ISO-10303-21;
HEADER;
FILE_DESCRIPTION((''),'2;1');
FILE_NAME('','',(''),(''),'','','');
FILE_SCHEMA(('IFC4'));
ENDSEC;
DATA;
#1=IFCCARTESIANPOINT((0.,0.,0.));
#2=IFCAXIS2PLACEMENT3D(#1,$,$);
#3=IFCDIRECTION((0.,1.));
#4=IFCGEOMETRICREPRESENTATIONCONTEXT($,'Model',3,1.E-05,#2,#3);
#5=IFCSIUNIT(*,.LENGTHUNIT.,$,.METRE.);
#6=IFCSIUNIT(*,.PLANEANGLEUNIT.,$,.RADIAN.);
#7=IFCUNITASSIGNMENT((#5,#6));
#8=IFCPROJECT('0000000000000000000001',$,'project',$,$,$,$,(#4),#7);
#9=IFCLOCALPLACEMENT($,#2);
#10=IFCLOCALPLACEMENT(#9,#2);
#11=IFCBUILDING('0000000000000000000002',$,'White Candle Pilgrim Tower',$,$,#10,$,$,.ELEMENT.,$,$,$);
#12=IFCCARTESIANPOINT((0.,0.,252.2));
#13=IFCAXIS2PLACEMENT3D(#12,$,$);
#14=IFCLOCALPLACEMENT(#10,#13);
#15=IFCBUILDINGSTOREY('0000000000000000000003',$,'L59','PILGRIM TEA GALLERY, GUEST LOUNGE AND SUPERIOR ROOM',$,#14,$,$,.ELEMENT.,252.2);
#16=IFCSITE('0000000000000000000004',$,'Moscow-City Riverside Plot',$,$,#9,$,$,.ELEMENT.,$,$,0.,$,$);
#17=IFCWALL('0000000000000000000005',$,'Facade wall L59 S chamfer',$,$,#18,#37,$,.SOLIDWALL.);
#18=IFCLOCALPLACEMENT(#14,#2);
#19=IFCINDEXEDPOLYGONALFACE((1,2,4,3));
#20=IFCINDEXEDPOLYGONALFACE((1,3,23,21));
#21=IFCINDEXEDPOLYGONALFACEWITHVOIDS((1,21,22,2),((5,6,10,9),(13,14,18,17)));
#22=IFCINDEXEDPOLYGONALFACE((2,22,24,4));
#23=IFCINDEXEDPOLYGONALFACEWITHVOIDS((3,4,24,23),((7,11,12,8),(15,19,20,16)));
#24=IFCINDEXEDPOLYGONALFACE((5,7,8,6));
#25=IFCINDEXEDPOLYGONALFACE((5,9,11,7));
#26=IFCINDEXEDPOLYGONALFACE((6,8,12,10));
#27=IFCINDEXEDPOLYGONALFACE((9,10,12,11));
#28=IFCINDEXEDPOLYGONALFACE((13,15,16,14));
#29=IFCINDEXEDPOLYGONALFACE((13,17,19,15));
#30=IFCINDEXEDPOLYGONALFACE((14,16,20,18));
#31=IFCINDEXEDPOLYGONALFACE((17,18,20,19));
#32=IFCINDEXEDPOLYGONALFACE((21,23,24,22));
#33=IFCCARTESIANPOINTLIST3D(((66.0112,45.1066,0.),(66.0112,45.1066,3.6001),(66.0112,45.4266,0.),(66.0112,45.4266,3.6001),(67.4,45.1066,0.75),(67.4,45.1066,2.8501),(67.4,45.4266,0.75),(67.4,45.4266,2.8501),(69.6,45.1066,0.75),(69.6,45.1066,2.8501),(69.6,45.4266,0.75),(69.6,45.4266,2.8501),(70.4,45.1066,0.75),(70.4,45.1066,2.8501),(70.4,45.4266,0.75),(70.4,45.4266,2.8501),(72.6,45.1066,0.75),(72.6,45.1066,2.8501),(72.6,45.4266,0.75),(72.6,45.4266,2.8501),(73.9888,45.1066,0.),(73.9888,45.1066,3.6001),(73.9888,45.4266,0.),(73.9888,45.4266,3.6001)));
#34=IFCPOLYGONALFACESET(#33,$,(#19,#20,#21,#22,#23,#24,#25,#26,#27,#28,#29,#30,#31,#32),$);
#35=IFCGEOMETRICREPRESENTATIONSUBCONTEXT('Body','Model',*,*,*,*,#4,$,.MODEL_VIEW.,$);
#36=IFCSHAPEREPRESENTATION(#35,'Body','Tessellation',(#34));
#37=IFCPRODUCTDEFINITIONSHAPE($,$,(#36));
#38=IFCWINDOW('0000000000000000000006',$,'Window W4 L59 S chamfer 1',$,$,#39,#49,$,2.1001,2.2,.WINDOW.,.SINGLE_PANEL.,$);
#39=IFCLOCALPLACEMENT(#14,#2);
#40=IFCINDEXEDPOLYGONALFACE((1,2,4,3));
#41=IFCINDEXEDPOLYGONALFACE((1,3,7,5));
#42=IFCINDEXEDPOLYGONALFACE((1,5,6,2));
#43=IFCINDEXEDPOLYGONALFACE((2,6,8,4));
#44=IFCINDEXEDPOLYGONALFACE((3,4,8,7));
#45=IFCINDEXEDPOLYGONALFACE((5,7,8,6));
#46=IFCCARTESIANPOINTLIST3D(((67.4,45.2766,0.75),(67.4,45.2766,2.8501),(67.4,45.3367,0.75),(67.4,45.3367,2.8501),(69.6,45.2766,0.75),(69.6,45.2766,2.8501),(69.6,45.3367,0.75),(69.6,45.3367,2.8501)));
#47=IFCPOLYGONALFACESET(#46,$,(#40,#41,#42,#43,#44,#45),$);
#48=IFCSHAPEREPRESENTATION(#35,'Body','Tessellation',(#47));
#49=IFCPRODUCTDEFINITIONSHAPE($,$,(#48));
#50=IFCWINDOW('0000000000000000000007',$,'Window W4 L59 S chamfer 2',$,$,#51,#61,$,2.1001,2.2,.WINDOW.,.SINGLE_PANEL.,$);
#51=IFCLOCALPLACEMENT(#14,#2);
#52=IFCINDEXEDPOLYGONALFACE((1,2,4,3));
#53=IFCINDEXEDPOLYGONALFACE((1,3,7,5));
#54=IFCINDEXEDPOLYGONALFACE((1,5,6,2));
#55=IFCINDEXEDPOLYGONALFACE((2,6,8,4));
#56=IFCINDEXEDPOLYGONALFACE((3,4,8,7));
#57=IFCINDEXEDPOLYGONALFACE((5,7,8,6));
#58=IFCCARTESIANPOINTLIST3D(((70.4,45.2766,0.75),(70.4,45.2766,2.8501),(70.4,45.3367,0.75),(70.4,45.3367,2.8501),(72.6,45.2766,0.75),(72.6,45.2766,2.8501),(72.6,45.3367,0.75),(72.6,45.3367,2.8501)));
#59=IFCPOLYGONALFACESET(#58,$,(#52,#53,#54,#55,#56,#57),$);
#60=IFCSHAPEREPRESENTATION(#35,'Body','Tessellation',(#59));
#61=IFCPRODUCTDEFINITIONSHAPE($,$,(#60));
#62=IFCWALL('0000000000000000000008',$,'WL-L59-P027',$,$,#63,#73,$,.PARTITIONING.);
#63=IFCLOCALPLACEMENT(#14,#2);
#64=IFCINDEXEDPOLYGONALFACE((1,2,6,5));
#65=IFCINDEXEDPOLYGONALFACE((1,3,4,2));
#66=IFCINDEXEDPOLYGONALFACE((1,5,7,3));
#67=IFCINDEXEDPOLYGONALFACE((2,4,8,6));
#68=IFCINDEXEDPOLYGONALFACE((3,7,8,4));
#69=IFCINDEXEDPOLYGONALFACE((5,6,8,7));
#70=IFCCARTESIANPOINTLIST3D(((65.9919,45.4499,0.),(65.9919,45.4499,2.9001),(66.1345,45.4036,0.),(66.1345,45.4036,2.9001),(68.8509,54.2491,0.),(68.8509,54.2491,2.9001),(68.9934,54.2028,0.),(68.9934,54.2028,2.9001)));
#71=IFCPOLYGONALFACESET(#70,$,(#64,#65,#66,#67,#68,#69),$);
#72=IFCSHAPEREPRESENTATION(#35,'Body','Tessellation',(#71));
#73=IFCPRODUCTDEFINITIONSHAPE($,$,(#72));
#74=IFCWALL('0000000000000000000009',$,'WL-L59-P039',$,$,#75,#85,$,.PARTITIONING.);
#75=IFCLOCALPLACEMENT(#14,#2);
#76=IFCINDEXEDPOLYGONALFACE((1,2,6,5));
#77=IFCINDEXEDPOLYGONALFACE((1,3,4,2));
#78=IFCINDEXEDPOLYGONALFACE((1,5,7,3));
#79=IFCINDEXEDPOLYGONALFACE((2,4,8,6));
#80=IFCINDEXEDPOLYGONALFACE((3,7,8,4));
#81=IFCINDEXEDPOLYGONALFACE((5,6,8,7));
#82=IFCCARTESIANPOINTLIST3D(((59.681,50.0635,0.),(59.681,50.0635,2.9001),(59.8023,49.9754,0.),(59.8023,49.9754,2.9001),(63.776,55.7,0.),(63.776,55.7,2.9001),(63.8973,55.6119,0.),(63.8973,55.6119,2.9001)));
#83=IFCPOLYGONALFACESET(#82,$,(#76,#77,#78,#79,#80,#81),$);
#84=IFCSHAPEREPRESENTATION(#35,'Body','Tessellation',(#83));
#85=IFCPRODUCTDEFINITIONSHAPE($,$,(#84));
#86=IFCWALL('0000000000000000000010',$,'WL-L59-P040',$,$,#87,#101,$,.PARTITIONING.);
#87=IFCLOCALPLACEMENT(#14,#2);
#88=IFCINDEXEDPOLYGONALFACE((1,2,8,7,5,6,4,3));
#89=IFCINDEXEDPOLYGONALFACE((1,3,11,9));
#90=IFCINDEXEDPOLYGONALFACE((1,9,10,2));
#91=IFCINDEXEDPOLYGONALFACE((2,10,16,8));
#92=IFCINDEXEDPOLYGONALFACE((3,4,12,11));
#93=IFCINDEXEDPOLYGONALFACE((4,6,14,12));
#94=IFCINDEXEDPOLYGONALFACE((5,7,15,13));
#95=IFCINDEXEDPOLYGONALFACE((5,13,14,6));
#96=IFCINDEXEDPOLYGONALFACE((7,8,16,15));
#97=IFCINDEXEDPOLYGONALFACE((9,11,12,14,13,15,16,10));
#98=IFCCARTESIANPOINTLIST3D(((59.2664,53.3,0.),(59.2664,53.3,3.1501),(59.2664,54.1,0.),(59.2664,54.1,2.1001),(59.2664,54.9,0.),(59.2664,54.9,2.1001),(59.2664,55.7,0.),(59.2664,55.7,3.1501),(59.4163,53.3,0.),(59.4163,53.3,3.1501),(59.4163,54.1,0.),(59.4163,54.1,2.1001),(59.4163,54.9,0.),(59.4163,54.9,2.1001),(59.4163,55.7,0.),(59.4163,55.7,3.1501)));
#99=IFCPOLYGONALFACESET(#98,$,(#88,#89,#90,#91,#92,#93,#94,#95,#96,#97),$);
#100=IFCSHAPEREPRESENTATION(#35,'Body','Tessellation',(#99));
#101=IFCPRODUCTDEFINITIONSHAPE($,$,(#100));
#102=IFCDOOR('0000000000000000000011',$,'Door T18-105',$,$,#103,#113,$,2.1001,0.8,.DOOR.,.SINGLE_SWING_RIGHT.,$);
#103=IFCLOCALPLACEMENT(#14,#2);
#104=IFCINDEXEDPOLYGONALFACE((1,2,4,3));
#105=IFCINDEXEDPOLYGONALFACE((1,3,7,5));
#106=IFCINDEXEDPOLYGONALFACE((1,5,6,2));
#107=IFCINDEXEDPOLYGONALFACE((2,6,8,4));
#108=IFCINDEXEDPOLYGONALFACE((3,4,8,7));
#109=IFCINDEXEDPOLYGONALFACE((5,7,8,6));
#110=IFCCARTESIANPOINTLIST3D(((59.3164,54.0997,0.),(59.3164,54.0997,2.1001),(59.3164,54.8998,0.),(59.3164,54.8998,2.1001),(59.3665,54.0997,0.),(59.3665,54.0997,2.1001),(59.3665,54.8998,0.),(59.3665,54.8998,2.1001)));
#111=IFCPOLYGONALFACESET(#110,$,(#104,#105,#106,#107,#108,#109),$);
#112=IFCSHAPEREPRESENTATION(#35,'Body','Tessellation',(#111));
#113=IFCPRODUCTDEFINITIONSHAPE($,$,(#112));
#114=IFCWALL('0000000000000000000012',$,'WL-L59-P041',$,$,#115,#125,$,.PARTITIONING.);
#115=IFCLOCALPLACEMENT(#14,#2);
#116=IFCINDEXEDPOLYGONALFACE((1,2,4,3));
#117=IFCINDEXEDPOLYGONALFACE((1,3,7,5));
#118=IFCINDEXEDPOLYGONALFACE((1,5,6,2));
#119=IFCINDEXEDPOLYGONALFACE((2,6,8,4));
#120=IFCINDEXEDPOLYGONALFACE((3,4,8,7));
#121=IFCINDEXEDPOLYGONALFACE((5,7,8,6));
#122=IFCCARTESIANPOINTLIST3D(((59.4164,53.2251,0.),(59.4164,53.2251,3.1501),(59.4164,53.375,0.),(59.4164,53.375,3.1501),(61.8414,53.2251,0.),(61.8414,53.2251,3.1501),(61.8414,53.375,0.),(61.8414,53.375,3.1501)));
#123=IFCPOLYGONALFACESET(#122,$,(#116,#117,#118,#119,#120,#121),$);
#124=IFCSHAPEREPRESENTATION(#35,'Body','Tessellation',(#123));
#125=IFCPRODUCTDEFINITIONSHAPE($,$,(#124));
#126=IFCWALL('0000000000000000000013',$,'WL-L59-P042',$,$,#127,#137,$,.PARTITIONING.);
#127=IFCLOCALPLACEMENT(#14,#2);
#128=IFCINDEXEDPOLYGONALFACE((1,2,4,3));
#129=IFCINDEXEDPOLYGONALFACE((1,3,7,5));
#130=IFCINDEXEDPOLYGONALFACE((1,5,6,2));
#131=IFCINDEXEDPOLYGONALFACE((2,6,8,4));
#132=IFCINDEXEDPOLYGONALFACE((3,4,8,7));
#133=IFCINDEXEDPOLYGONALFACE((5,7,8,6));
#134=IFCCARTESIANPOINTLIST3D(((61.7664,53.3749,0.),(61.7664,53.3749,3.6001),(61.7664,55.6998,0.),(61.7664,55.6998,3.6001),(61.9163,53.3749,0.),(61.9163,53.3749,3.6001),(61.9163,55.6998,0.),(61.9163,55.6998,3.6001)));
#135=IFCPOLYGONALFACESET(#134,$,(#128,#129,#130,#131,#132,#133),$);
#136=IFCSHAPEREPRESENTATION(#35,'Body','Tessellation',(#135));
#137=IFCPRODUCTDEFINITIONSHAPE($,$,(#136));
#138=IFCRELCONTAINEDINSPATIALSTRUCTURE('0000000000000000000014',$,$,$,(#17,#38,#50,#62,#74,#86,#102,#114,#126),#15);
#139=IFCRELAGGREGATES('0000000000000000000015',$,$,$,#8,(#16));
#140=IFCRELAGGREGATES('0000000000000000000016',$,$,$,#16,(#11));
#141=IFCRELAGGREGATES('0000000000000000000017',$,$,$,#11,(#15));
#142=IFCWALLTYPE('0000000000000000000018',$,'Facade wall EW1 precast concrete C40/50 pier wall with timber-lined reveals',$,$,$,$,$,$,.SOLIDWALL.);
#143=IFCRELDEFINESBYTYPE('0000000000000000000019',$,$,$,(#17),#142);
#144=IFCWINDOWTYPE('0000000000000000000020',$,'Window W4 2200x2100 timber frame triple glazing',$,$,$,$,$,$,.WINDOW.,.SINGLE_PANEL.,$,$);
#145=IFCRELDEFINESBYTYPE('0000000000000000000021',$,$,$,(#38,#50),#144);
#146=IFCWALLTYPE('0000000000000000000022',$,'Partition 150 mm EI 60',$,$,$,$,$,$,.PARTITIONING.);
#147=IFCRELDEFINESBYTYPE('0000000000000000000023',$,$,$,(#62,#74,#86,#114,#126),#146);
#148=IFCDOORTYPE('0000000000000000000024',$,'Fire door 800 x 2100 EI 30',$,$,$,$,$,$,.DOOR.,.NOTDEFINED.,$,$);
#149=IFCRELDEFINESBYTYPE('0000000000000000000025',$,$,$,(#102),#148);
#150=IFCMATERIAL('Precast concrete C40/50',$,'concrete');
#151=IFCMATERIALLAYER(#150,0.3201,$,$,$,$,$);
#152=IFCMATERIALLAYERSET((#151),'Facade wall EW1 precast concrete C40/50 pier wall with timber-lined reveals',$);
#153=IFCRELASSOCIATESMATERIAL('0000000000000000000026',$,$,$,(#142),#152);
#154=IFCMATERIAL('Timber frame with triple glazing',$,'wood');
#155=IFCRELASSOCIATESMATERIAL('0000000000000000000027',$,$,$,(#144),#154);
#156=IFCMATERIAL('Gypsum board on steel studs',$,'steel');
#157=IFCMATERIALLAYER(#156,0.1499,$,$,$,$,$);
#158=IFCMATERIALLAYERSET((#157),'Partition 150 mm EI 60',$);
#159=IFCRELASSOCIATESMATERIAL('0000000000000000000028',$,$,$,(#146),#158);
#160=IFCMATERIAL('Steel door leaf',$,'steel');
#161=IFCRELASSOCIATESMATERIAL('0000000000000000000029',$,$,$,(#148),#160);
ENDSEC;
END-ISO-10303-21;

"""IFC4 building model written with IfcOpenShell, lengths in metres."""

from ifc_helpers import new_model, si_unit, direction, frame, frame_2d, origin, place, context, subcontext, project, spatial, rectangle, extrude, material, layer, layer_set, type_object, element, fill, save


model = new_model("IFC4")

# Units and contexts
model_context = context("Model", 3, precision=1e-05, world=origin(), true_north=direction((0.0, 1.0)))
body_context = subcontext(model_context, "Body", "Model", "MODEL_VIEW")
ifc_project = project(units=[si_unit("LENGTHUNIT", "METRE"), si_unit("PLANEANGLEUNIT", "RADIAN")], contexts=[model_context])

# Site, building, storey
site_placement = place(None, origin())
site = spatial("IfcSite", under=ifc_project, at=site_placement, Name="Moscow-City Riverside Plot", CompositionType="ELEMENT", RefElevation=0.0)
building_placement = place(site_placement, origin())
building = spatial("IfcBuilding", under=site, at=building_placement, Name="White Candle Pilgrim Tower", CompositionType="ELEMENT")
storey_placement = place(building_placement, frame((0.0, 0.0, 252.2)))
storey = spatial("IfcBuildingStorey", under=building, at=storey_placement, Name="L59", Description="PILGRIM TEA GALLERY, GUEST LOUNGE AND SUPERIOR ROOM", CompositionType="ELEMENT", Elevation=252.2)

# Shared definitions
ifc_material_1 = material(Name="Gypsum board on steel studs", Category="steel")
ifc_material_2 = material(Name="Steel door leaf", Category="steel")

# Wall, openings, windows
ifc_material_3 = material(Name="Precast concrete C40/50", Category="concrete")
ifc_layer_1 = layer(ifc_material_3, 0.3201)
ifc_layer_set_1 = layer_set([ifc_layer_1], Name="Facade wall EW1 precast concrete C40/50 pier wall with timber-lined reveals")
wall_type_1 = type_object("IfcWallType", Name="Facade wall EW1 precast concrete C40/50 pier wall with timber-lined reveals", PredefinedType="SOLIDWALL", material=ifc_layer_set_1)
wall_1_placement = place(storey_placement, frame((66.0112, 45.2666, 0.0), z_axis=(0.0, 0.0, 1.0), x_axis=(1.0, 0.0, 0.0)))
wall_1 = element("IfcWall", 1, at=wall_1_placement, inside=storey, type_object=wall_type_1, Name="Facade wall L59 S chamfer", PredefinedType="SOLIDWALL", context=body_context, shape_type="SweptSolid", body=[
    extrude(rectangle(XDim=7.9775, YDim=0.3201, at=frame_2d((3.9888, 0.0))), origin(), (0.0, 0.0, 1.0), 3.6001),
])
opening_1_placement = place(wall_1_placement, frame((1.3887, 0.0, 0.75)))
opening_1 = element("IfcOpeningElement", 2, at=opening_1_placement, cuts=wall_1, PredefinedType="OPENING", context=body_context, shape_type="SweptSolid", body=[
    extrude(rectangle(XDim=2.2, YDim=2.1001, at=frame_2d((1.1001, 1.05))), frame((0.0, 0.1699, 0.0), z_axis=(0.0, -1.0, 0.0), x_axis=(1.0, 0.0, 0.0)), (0.0, 0.0, 1.0), 0.3401),
])
opening_2_placement = place(wall_1_placement, frame((4.3887, 0.0, 0.75)))
opening_2 = element("IfcOpeningElement", 3, at=opening_2_placement, cuts=wall_1, PredefinedType="OPENING", context=body_context, shape_type="SweptSolid", body=[
    extrude(rectangle(XDim=2.2, YDim=2.1001, at=frame_2d((1.1001, 1.05))), frame((0.0, 0.1699, 0.0), z_axis=(0.0, -1.0, 0.0), x_axis=(1.0, 0.0, 0.0)), (0.0, 0.0, 1.0), 0.3401),
])
ifc_material_4 = material(Name="Timber frame with triple glazing", Category="wood")
window_type = type_object("IfcWindowType", Name="Window W4 2200x2100 timber frame triple glazing", PartitioningType="SINGLE_PANEL", PredefinedType="WINDOW", material=ifc_material_4)
window_1_placement = place(opening_1_placement, origin())
window_1 = element("IfcWindow", 4, at=window_1_placement, inside=storey, type_object=window_type, Name="Window W4 L59 S chamfer 1", OverallHeight=2.1001, OverallWidth=2.2, PartitioningType="SINGLE_PANEL", PredefinedType="WINDOW", context=body_context, shape_type="SweptSolid", body=[
    extrude(rectangle(XDim=2.2, YDim=2.1001, at=frame_2d((1.1001, 1.05))), frame((0.0, 0.0701, 0.0), z_axis=(0.0, -1.0, 0.0), x_axis=(1.0, 0.0, 0.0)), (0.0, 0.0, 1.0), 0.0601),
])
fill(opening_1, window_1)
window_2_placement = place(opening_2_placement, origin())
window_2 = element("IfcWindow", 5, at=window_2_placement, inside=storey, type_object=window_type, Name="Window W4 L59 S chamfer 2", OverallHeight=2.1001, OverallWidth=2.2, PartitioningType="SINGLE_PANEL", PredefinedType="WINDOW", context=body_context, shape_type="SweptSolid", body=[
    extrude(rectangle(XDim=2.2, YDim=2.1001, at=frame_2d((1.1001, 1.05))), frame((0.0, 0.0701, 0.0), z_axis=(0.0, -1.0, 0.0), x_axis=(1.0, 0.0, 0.0)), (0.0, 0.0, 1.0), 0.0601),
])
fill(opening_2, window_2)

# Walls
ifc_layer_2 = layer(ifc_material_1, 0.1499)
ifc_layer_set_2 = layer_set([ifc_layer_2], Name="Partition 150 mm EI 60")
wall_type_2 = type_object("IfcWallType", Name="Partition 150 mm EI 60", PredefinedType="PARTITIONING", material=ifc_layer_set_2)
wall_2_placement = place(storey_placement, frame((66.0632, 45.4268, 0.0), z_axis=(0.0, 0.0, 1.0), x_axis=(0.309007, 0.95106, 0.0)))
element("IfcWall", 6, at=wall_2_placement, inside=storey, type_object=wall_type_2, Name="WL-L59-P027", PredefinedType="PARTITIONING", context=body_context, shape_type="SweptSolid", body=[
    extrude(rectangle(XDim=9.252, YDim=0.1499, at=frame_2d((4.626, 0.0))), origin(), (0.0, 0.0, 1.0), 2.9001),
])
wall_3_placement = place(storey_placement, frame((59.7417, 50.0195, 0.0), z_axis=(0.0, 0.0, 1.0), x_axis=(0.587769, 0.809028, 0.0)))
element("IfcWall", 7, at=wall_3_placement, inside=storey, type_object=wall_type_2, Name="WL-L59-P039", PredefinedType="PARTITIONING", context=body_context, shape_type="SweptSolid", body=[
    extrude(rectangle(XDim=6.967, YDim=0.1499, at=frame_2d((3.4834, 0.0))), origin(), (0.0, 0.0, 1.0), 2.9001),
])

# Wall, opening, door
wall_4_placement = place(storey_placement, frame((59.3413, 55.7, 0.0), z_axis=(0.0, 0.0, 1.0), x_axis=(0.0, -1.0, 0.0)))
wall_4 = element("IfcWall", 8, at=wall_4_placement, inside=storey, type_object=wall_type_2, Name="WL-L59-P040", PredefinedType="PARTITIONING", context=body_context, shape_type="SweptSolid", body=[
    extrude(rectangle(XDim=2.3999, YDim=0.1499, at=frame_2d((1.2, 0.0))), origin(), (0.0, 0.0, 1.0), 3.1501),
])
opening_3_placement = place(wall_4_placement, frame((0.8, 0.0, 0.0)))
opening_3 = element("IfcOpeningElement", 9, at=opening_3_placement, cuts=wall_4, PredefinedType="OPENING", context=body_context, shape_type="SweptSolid", body=[
    extrude(rectangle(XDim=0.8, YDim=2.1001, at=frame_2d((0.3999, 1.05))), frame((0.0, 0.085, 0.0), z_axis=(0.0, -1.0, 0.0), x_axis=(1.0, 0.0, 0.0)), (0.0, 0.0, 1.0), 0.1699),
])
door_type_1 = type_object("IfcDoorType", Name="Fire door 800 x 2100 EI 30", OperationType="NOTDEFINED", PredefinedType="DOOR", material=ifc_material_2)
door_1_placement = place(opening_3_placement, frame((0.8, 0.0, 0.0), z_axis=(0.0, 0.0, 1.0), x_axis=(-1.0, 0.0, 0.0)))
door_1 = element("IfcDoor", 10, at=door_1_placement, inside=storey, type_object=door_type_1, Name="Door T18-105", OperationType="SINGLE_SWING_RIGHT", OverallHeight=2.1001, OverallWidth=0.8, PredefinedType="DOOR", context=body_context, shape_type="SweptSolid", body=[
    extrude(rectangle(XDim=0.8, YDim=2.1001, at=frame_2d((0.3999, 1.05))), frame((0.0, 0.0249, 0.0), z_axis=(0.0, -1.0, 0.0), x_axis=(1.0, 0.0, 0.0)), (0.0, 0.0, 1.0), 0.05),
])
fill(opening_3, door_1)

# Walls
wall_5_placement = place(storey_placement, frame((61.8413, 53.3, 0.0), z_axis=(0.0, 0.0, 1.0), x_axis=(-1.0, 0.0, 0.0)))
element("IfcWall", 11, at=wall_5_placement, inside=storey, type_object=wall_type_2, Name="WL-L59-P041", PredefinedType="PARTITIONING", context=body_context, shape_type="SweptSolid", body=[
    extrude(rectangle(XDim=2.425, YDim=0.1499, at=frame_2d((1.2124, 0.0))), origin(), (0.0, 0.0, 1.0), 3.1501),
])
wall_6_placement = place(storey_placement, frame((61.8413, 55.7, 0.0), z_axis=(0.0, 0.0, 1.0), x_axis=(0.0, -1.0, 0.0)))
element("IfcWall", 12, at=wall_6_placement, inside=storey, type_object=wall_type_2, Name="WL-L59-P042", PredefinedType="PARTITIONING", context=body_context, shape_type="SweptSolid", body=[
    extrude(rectangle(XDim=2.325, YDim=0.1499, at=frame_2d((1.1626, 0.0))), origin(), (0.0, 0.0, 1.0), 3.6001),
])

save(model, "model.ifc")
